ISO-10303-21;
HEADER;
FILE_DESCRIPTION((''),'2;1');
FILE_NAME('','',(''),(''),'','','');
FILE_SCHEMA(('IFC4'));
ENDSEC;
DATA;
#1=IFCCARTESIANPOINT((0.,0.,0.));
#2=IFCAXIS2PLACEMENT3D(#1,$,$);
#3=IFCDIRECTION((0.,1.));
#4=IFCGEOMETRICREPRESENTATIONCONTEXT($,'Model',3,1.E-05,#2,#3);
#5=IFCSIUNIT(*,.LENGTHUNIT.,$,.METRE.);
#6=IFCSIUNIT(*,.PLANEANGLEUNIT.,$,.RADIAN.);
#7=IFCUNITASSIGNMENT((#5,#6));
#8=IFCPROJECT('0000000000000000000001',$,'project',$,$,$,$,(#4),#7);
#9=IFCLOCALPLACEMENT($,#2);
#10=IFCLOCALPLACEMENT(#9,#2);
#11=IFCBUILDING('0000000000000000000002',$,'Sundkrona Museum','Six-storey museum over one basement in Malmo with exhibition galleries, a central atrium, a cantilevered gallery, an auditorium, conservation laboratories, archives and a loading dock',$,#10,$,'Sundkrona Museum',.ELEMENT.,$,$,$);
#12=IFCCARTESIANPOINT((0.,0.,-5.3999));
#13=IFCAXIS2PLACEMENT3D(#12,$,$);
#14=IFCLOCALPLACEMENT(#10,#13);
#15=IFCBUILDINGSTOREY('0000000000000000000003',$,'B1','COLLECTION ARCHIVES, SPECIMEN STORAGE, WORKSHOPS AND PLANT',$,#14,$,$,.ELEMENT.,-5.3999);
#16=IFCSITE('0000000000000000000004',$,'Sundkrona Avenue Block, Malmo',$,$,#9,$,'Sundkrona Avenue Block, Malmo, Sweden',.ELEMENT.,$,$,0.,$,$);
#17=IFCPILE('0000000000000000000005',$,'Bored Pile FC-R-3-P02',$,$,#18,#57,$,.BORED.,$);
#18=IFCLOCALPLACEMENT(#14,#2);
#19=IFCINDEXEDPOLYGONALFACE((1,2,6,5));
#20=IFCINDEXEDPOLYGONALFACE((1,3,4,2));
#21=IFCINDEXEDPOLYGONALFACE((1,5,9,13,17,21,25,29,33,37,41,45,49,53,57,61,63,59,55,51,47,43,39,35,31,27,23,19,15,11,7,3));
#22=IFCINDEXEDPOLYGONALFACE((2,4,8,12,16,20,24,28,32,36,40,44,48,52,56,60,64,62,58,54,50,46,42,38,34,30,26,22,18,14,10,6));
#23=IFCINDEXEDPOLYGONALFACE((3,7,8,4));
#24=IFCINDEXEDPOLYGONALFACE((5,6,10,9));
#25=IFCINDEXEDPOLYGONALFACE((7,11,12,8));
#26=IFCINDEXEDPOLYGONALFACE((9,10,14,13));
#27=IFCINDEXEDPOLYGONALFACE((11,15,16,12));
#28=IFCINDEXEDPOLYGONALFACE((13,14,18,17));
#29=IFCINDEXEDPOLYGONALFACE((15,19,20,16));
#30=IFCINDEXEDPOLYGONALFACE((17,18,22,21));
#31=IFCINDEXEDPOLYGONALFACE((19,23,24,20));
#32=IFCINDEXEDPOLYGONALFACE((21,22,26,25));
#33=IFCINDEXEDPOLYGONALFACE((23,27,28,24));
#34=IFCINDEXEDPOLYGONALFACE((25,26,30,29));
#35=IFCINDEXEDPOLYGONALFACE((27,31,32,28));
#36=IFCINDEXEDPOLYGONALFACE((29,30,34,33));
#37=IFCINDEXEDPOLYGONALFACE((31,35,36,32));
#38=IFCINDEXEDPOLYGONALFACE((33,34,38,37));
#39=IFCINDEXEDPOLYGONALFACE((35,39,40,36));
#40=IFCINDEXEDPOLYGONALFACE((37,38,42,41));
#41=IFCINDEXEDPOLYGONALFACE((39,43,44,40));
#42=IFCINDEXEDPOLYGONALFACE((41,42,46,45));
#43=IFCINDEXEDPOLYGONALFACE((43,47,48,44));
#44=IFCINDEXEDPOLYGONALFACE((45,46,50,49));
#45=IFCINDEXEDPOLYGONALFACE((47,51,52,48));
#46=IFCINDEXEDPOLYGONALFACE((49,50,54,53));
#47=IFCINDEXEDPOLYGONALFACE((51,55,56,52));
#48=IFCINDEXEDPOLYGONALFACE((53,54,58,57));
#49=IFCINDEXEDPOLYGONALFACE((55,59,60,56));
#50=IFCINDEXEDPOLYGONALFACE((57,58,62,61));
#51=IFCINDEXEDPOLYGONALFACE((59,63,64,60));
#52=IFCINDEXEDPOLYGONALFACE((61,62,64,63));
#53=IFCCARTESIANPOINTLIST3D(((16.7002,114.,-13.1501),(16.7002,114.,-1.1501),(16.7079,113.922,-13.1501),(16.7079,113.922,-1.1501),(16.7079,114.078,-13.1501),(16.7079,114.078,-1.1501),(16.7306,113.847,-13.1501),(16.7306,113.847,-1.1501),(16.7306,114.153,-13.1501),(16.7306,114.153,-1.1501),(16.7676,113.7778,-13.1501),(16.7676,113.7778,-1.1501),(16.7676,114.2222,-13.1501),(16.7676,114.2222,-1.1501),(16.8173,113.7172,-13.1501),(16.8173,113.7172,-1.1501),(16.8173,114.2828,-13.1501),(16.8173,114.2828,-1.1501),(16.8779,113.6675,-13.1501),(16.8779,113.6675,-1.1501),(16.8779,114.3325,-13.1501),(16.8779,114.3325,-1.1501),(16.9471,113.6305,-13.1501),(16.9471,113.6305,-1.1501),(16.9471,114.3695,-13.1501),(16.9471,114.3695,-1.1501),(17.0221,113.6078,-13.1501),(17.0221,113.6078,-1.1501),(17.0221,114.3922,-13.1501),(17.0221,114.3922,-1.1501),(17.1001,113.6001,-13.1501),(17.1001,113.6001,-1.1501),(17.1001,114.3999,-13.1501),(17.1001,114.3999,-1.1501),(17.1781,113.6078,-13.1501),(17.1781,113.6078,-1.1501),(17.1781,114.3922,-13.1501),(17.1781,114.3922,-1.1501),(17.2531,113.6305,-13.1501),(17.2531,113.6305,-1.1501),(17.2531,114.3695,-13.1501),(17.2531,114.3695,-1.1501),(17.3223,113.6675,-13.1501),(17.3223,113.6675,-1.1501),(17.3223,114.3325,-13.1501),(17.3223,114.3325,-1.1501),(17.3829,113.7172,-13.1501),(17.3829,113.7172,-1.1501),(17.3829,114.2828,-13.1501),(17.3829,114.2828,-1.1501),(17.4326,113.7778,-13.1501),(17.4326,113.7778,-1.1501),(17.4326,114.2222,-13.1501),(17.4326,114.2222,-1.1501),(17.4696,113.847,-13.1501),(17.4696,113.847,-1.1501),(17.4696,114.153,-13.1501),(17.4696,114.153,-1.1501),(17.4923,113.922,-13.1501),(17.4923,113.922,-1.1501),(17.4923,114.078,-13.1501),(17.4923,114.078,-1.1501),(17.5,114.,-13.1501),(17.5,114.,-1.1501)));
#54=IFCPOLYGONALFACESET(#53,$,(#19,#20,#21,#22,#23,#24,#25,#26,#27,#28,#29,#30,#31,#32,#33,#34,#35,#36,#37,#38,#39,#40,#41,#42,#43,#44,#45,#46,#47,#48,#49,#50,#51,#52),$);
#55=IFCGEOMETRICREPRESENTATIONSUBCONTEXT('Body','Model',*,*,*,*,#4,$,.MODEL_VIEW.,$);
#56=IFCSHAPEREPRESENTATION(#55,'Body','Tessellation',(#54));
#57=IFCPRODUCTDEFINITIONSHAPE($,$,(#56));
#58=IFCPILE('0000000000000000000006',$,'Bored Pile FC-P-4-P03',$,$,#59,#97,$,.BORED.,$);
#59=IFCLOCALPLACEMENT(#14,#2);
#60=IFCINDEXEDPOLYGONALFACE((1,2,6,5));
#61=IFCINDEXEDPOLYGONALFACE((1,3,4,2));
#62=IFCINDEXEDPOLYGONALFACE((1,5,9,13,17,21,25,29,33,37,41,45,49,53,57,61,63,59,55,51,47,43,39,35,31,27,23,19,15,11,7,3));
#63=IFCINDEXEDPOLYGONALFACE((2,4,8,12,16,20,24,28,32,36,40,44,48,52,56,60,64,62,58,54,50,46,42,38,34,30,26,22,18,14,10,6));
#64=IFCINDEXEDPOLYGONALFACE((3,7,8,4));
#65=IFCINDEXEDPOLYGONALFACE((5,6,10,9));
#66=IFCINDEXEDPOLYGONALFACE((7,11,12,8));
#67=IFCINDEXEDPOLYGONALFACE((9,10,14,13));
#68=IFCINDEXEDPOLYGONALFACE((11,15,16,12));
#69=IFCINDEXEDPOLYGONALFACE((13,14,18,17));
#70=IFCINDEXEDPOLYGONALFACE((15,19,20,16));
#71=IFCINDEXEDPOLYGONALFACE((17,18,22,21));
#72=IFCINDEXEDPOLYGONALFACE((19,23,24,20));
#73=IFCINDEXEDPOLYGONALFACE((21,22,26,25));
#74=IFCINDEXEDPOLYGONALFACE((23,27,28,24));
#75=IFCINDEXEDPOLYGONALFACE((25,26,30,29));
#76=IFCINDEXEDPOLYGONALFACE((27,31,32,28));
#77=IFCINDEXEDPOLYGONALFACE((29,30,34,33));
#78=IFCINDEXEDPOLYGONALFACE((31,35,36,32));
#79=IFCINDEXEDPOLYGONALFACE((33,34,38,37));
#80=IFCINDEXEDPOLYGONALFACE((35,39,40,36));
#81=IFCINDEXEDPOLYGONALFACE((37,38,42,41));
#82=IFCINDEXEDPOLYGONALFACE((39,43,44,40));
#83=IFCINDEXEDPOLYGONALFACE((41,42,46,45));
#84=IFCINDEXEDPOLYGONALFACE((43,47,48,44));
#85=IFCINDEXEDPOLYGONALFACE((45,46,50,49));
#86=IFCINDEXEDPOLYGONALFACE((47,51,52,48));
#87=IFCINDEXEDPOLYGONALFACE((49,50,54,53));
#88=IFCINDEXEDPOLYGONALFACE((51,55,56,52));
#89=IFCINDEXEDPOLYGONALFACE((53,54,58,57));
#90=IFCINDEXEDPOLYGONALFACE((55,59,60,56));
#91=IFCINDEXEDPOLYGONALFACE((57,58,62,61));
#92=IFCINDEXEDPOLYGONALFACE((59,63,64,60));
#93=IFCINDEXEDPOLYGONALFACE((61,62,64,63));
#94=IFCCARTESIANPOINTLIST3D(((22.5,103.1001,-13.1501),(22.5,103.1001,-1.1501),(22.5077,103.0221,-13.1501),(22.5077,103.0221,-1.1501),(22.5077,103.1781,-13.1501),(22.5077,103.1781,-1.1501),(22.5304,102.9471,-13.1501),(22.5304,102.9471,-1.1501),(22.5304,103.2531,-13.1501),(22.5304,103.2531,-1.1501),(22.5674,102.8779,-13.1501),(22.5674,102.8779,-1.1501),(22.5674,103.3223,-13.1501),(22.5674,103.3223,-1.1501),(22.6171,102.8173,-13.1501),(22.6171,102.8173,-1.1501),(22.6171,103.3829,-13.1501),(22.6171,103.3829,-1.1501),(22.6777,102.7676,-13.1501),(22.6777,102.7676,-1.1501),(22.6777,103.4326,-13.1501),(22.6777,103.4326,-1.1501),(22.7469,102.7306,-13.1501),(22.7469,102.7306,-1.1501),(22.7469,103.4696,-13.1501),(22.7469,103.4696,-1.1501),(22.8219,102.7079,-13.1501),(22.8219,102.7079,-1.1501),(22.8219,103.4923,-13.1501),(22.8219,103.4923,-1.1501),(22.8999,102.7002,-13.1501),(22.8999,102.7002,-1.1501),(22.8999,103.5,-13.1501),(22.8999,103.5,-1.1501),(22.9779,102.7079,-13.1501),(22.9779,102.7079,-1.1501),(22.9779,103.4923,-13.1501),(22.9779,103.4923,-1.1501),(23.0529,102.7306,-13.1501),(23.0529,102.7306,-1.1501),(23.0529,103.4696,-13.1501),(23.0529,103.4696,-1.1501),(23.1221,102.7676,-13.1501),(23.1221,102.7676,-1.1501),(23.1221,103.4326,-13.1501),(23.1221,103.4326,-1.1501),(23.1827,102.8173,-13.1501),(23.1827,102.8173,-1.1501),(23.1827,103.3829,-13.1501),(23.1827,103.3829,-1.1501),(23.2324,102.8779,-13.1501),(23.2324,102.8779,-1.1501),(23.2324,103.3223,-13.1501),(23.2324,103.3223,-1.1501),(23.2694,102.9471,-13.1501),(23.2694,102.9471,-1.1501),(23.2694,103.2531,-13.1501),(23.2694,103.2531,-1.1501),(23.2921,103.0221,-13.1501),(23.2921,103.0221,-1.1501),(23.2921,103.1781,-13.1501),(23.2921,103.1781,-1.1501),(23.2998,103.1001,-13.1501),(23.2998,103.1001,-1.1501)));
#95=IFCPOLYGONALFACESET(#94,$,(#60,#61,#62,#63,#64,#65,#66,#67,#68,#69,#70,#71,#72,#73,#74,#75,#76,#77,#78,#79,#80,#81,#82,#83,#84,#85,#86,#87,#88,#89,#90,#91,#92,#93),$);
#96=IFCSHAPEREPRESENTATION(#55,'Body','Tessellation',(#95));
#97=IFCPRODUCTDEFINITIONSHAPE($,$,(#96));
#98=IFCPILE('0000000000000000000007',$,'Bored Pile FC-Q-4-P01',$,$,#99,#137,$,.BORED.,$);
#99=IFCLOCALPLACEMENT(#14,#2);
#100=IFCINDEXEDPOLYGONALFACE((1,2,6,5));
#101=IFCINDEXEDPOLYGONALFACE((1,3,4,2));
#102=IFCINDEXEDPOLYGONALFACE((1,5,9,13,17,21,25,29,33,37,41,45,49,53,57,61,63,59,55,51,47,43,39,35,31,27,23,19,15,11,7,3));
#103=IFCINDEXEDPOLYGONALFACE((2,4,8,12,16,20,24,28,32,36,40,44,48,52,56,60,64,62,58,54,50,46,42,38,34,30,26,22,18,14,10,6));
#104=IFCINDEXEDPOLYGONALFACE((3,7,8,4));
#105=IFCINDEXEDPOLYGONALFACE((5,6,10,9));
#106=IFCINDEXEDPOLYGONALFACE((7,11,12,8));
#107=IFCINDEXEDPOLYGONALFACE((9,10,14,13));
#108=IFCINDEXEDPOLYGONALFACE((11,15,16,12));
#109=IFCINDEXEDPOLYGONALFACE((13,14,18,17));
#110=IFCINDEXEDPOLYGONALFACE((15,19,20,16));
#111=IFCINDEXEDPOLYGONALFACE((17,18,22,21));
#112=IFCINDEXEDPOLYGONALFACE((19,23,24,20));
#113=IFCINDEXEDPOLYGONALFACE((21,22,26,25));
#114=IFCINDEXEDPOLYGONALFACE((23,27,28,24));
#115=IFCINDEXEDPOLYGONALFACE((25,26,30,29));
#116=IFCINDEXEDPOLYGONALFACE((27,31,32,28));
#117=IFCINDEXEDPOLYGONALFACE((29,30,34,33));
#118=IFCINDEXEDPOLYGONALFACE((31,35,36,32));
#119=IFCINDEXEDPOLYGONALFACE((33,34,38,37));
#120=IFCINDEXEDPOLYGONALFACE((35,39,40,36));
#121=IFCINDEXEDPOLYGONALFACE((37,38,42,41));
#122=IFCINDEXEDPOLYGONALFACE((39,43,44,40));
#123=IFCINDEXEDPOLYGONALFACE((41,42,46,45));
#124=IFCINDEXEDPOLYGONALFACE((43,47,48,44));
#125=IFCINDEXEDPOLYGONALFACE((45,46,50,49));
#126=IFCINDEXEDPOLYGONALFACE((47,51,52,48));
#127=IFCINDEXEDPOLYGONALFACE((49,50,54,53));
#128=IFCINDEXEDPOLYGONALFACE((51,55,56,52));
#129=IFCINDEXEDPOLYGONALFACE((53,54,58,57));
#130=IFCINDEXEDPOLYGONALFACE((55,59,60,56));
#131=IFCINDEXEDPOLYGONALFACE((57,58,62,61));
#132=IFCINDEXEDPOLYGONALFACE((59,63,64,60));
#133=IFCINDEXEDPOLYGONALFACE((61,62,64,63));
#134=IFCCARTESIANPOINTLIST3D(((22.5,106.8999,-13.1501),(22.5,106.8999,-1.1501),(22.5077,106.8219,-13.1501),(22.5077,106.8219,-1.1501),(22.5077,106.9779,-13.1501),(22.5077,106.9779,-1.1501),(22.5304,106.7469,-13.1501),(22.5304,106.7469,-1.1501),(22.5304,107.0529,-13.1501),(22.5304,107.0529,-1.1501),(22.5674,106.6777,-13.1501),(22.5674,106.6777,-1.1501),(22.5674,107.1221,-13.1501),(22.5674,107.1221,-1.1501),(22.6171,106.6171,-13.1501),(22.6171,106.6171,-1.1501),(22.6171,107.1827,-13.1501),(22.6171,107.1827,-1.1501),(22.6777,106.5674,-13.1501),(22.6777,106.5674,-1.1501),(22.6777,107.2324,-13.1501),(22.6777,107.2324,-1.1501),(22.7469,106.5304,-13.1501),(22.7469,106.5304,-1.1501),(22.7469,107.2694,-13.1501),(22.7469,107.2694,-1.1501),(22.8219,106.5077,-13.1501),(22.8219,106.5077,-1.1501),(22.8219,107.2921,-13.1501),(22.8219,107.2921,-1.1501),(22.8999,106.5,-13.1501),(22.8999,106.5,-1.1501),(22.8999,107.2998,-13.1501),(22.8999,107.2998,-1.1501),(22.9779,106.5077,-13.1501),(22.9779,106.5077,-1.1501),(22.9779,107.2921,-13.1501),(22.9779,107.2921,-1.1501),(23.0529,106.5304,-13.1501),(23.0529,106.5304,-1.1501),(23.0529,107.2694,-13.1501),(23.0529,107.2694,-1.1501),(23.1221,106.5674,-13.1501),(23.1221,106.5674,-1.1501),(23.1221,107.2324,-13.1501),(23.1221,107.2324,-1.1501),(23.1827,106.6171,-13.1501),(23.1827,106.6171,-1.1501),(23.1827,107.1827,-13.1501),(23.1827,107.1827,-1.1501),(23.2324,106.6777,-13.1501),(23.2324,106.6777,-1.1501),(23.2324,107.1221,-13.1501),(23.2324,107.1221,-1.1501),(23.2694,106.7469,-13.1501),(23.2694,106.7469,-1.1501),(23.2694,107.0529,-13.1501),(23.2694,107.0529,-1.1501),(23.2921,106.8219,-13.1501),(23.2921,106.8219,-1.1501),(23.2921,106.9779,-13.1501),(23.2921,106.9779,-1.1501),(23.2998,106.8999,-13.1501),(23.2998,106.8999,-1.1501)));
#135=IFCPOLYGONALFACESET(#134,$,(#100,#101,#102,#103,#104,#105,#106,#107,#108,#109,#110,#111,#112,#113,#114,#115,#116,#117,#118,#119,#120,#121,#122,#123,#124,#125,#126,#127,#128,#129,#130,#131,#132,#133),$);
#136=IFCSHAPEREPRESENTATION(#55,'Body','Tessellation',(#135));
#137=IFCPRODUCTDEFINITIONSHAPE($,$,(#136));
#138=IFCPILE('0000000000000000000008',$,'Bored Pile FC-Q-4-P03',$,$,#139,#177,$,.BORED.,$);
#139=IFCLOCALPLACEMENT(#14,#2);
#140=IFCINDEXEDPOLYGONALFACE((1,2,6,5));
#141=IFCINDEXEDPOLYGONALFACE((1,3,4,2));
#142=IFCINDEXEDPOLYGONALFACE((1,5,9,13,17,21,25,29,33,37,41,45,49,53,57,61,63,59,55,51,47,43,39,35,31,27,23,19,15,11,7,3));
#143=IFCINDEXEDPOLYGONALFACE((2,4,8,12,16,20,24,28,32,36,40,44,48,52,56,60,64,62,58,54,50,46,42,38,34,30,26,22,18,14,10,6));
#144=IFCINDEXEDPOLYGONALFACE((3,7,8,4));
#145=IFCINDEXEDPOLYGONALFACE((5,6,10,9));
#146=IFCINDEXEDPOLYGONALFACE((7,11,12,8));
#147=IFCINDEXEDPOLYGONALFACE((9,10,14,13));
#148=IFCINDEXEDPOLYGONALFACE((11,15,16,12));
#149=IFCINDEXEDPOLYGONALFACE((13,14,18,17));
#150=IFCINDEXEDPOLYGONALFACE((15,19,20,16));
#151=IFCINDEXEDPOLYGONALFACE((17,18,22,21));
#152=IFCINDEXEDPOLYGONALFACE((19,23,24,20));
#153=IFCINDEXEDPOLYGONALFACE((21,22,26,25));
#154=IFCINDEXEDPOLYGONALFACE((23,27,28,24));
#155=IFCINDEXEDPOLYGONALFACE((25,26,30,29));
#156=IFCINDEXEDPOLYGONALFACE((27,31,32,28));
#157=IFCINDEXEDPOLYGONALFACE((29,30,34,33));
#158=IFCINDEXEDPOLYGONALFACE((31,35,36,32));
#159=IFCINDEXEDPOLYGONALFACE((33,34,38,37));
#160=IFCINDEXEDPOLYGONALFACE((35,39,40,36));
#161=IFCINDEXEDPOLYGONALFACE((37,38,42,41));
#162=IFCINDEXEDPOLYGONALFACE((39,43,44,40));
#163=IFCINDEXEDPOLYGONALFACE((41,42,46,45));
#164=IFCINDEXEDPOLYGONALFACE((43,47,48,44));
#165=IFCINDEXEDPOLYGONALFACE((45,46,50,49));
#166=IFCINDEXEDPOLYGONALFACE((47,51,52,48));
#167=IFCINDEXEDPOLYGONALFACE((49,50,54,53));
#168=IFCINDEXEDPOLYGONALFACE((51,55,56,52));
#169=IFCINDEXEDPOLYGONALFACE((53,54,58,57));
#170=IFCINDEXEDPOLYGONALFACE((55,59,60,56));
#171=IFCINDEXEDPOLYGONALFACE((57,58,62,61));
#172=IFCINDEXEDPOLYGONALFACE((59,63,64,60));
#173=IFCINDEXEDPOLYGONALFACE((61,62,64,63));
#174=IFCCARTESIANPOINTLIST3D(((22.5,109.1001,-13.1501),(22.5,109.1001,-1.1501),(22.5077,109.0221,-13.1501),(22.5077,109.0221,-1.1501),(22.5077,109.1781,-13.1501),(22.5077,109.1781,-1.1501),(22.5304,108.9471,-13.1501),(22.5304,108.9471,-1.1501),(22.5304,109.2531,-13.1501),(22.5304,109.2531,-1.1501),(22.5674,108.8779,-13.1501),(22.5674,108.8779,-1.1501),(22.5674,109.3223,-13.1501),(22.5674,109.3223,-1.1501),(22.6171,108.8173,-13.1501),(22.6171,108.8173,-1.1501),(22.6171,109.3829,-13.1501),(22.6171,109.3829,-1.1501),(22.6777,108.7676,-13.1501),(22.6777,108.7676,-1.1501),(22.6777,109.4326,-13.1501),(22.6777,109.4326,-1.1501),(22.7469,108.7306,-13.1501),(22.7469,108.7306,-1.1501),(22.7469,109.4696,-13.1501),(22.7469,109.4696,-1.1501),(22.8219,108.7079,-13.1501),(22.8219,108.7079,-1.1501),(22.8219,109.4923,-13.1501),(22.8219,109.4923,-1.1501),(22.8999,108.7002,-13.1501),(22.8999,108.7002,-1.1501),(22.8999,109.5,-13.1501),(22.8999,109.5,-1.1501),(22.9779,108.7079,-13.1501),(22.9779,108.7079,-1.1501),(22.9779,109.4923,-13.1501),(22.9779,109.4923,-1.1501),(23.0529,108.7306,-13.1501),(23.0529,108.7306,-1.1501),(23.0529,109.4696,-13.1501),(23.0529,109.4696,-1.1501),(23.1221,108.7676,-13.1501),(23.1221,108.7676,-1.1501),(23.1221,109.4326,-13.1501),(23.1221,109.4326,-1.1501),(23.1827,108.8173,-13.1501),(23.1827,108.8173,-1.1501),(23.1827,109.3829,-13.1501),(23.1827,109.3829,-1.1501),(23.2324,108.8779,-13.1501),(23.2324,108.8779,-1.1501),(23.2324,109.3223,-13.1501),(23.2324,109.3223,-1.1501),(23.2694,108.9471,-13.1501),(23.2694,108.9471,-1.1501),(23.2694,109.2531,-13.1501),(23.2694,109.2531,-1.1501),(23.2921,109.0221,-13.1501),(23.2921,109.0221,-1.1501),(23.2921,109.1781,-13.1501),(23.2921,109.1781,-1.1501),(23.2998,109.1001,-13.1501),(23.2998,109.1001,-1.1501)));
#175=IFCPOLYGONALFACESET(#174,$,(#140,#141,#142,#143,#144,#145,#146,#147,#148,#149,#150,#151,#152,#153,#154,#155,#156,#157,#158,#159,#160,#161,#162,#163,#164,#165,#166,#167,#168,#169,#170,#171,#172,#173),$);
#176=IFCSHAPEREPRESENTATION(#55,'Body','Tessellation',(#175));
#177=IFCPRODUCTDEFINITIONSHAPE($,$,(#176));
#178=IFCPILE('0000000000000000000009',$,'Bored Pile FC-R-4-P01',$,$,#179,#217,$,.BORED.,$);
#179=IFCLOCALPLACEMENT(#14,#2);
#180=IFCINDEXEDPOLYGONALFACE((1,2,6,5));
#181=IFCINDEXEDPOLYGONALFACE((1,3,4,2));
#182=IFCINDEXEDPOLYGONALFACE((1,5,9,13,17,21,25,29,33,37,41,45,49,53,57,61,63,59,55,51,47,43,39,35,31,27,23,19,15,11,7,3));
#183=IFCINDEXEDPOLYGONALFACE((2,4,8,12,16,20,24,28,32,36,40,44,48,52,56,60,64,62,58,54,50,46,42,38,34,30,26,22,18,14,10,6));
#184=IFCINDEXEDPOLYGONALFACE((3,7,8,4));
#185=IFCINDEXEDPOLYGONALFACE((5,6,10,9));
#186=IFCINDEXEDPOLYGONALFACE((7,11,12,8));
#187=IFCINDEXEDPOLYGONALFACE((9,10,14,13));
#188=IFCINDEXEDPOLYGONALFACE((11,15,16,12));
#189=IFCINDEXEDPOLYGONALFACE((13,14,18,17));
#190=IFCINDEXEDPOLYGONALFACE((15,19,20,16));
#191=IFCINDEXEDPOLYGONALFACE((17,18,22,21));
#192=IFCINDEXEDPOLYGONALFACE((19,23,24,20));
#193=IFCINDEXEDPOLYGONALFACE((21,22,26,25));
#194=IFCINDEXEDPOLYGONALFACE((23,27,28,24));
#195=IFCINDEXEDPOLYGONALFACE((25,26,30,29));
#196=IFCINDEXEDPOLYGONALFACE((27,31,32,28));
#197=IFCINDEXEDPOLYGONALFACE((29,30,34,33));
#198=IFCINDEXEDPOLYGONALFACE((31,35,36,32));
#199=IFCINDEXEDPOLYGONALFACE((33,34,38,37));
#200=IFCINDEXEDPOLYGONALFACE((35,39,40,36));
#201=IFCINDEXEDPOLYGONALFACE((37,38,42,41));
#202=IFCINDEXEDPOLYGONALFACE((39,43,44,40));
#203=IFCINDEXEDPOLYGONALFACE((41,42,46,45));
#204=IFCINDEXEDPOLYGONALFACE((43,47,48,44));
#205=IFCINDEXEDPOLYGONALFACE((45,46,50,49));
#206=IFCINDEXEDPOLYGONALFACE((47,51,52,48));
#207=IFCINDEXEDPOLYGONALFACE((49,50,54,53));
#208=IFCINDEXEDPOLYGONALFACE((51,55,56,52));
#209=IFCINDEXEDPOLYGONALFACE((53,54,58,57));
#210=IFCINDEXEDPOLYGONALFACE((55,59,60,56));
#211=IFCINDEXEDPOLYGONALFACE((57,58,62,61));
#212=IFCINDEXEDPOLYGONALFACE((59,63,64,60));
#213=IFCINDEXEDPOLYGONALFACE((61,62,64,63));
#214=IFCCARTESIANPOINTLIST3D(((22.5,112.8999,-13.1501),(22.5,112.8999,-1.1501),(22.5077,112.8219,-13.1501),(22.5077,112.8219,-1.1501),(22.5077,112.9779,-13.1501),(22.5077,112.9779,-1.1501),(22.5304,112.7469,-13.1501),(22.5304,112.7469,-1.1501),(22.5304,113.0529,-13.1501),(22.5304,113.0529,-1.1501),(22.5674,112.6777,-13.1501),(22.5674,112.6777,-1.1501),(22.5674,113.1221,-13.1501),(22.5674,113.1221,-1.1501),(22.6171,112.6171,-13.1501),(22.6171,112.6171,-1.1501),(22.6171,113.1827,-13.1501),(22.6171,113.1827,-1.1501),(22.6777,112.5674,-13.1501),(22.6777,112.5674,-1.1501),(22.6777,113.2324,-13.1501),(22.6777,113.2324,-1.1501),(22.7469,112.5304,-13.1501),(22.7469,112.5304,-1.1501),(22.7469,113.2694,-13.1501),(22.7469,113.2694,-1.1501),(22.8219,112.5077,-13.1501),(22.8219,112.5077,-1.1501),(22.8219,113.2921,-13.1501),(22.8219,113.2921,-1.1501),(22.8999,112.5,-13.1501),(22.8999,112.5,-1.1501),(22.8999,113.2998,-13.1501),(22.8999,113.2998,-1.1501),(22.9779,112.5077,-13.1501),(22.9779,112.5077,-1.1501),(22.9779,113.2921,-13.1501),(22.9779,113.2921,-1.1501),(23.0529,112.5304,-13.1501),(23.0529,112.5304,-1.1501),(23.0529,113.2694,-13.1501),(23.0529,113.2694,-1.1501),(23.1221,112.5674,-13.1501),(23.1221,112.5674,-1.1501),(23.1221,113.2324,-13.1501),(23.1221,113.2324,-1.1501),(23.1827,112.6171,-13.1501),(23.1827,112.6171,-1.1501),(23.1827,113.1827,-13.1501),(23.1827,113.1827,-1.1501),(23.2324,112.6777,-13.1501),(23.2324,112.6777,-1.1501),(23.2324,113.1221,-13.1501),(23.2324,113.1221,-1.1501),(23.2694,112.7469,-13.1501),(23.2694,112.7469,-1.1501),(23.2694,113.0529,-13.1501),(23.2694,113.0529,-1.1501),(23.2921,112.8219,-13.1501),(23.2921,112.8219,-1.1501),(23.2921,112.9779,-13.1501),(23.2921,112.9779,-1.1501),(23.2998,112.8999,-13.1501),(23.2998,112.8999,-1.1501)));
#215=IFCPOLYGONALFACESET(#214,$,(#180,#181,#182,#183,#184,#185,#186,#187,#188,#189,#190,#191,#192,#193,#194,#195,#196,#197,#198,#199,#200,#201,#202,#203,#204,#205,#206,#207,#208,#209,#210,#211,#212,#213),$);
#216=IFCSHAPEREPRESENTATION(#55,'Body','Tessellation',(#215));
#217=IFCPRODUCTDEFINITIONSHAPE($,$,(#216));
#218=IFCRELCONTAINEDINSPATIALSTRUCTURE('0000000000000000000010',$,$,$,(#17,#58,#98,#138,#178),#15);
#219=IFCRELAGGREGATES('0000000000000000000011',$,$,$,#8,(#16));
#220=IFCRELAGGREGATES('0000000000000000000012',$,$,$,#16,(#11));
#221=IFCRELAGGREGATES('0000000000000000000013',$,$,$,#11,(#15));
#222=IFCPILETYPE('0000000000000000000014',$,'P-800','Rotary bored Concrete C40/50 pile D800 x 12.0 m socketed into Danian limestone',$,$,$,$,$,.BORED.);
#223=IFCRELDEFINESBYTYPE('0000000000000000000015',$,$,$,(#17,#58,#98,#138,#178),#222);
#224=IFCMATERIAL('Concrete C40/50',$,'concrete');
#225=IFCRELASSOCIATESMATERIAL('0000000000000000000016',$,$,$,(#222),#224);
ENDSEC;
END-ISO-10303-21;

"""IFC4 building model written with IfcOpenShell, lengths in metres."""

from ifc_helpers import new_model, si_unit, direction, frame, origin, origin_2d, place, context, subcontext, project, spatial, circle, extrude, material, material_profile, profile_set, type_object, element, save


model = new_model("IFC4")

# Units and contexts
model_context = context("Model", 3, precision=1e-05, world=origin(), true_north=direction((0.0, 1.0)))
body_context = subcontext(model_context, "Body", "Model", "MODEL_VIEW")
ifc_project = project(units=[si_unit("LENGTHUNIT", "METRE"), si_unit("PLANEANGLEUNIT", "RADIAN")], contexts=[model_context])

# Site, building, storey
site_placement = place(None, origin())
site = spatial("IfcSite", under=ifc_project, at=site_placement, Name="Sundkrona Avenue Block, Malmo", LongName="Sundkrona Avenue Block, Malmo, Sweden", CompositionType="ELEMENT", RefElevation=0.0)
building_placement = place(site_placement, origin())
building = spatial("IfcBuilding", under=site, at=building_placement, Name="Sundkrona Museum", Description="Six-storey museum over one basement in Malmo with exhibition galleries, a central atrium, a cantilevered gallery, an auditorium, conservation laboratories, archives and a loading dock", LongName="Sundkrona Museum", CompositionType="ELEMENT")
storey_placement = place(building_placement, frame((0.0, 0.0, -5.3999)))
storey = spatial("IfcBuildingStorey", under=building, at=storey_placement, Name="B1", Description="COLLECTION ARCHIVES, SPECIMEN STORAGE, WORKSHOPS AND PLANT", CompositionType="ELEMENT", Elevation=-5.3999)

# Shared definitions
ifc_material_1 = material(Name="Concrete C40/50", Category="concrete")

# Piles
ifc_material_profile_1 = material_profile(ifc_material_1, circle(Radius=0.3999, at=origin_2d()), Name="PILE D800")
ifc_profile_set_1 = profile_set([ifc_material_profile_1], Name="Concrete C40/50")
pile_type = type_object("IfcPileType", Name="P-800", Description="Rotary bored Concrete C40/50 pile D800 x 12.0 m socketed into Danian limestone", PredefinedType="BORED", material=ifc_profile_set_1)
for number, where, z_axis, x_axis, name in (
    (1, (17.1001, 114.0, -1.1501), (0.0, 0.0, -1.0), (1.0, 0.0, 0.0), "Bored Pile FC-R-3-P02"),
    (2, (22.8999, 103.1001, -1.1501), (0.0, 0.0, -1.0), (1.0, 0.0, 0.0), "Bored Pile FC-P-4-P03"),
    (3, (22.8999, 106.8999, -1.1501), (0.0, 0.0, -1.0), (1.0, 0.0, 0.0), "Bored Pile FC-Q-4-P01"),
    (4, (22.8999, 109.1001, -1.1501), (0.0, 0.0, -1.0), (1.0, 0.0, 0.0), "Bored Pile FC-Q-4-P03"),
    (5, (22.8999, 112.8999, -1.1501), (0.0, 0.0, -1.0), (1.0, 0.0, 0.0), "Bored Pile FC-R-4-P01"),
):
    element("IfcPile", number, at=place(storey_placement, frame(where, z_axis=z_axis, x_axis=x_axis)), inside=storey, type_object=pile_type, Name=name, PredefinedType="BORED", context=body_context, shape_type="SweptSolid", body=[
        extrude(circle(Radius=0.3999, at=origin_2d()), origin(), (0.0, 0.0, 1.0), 12.0),
    ])

save(model, "model.ifc")
